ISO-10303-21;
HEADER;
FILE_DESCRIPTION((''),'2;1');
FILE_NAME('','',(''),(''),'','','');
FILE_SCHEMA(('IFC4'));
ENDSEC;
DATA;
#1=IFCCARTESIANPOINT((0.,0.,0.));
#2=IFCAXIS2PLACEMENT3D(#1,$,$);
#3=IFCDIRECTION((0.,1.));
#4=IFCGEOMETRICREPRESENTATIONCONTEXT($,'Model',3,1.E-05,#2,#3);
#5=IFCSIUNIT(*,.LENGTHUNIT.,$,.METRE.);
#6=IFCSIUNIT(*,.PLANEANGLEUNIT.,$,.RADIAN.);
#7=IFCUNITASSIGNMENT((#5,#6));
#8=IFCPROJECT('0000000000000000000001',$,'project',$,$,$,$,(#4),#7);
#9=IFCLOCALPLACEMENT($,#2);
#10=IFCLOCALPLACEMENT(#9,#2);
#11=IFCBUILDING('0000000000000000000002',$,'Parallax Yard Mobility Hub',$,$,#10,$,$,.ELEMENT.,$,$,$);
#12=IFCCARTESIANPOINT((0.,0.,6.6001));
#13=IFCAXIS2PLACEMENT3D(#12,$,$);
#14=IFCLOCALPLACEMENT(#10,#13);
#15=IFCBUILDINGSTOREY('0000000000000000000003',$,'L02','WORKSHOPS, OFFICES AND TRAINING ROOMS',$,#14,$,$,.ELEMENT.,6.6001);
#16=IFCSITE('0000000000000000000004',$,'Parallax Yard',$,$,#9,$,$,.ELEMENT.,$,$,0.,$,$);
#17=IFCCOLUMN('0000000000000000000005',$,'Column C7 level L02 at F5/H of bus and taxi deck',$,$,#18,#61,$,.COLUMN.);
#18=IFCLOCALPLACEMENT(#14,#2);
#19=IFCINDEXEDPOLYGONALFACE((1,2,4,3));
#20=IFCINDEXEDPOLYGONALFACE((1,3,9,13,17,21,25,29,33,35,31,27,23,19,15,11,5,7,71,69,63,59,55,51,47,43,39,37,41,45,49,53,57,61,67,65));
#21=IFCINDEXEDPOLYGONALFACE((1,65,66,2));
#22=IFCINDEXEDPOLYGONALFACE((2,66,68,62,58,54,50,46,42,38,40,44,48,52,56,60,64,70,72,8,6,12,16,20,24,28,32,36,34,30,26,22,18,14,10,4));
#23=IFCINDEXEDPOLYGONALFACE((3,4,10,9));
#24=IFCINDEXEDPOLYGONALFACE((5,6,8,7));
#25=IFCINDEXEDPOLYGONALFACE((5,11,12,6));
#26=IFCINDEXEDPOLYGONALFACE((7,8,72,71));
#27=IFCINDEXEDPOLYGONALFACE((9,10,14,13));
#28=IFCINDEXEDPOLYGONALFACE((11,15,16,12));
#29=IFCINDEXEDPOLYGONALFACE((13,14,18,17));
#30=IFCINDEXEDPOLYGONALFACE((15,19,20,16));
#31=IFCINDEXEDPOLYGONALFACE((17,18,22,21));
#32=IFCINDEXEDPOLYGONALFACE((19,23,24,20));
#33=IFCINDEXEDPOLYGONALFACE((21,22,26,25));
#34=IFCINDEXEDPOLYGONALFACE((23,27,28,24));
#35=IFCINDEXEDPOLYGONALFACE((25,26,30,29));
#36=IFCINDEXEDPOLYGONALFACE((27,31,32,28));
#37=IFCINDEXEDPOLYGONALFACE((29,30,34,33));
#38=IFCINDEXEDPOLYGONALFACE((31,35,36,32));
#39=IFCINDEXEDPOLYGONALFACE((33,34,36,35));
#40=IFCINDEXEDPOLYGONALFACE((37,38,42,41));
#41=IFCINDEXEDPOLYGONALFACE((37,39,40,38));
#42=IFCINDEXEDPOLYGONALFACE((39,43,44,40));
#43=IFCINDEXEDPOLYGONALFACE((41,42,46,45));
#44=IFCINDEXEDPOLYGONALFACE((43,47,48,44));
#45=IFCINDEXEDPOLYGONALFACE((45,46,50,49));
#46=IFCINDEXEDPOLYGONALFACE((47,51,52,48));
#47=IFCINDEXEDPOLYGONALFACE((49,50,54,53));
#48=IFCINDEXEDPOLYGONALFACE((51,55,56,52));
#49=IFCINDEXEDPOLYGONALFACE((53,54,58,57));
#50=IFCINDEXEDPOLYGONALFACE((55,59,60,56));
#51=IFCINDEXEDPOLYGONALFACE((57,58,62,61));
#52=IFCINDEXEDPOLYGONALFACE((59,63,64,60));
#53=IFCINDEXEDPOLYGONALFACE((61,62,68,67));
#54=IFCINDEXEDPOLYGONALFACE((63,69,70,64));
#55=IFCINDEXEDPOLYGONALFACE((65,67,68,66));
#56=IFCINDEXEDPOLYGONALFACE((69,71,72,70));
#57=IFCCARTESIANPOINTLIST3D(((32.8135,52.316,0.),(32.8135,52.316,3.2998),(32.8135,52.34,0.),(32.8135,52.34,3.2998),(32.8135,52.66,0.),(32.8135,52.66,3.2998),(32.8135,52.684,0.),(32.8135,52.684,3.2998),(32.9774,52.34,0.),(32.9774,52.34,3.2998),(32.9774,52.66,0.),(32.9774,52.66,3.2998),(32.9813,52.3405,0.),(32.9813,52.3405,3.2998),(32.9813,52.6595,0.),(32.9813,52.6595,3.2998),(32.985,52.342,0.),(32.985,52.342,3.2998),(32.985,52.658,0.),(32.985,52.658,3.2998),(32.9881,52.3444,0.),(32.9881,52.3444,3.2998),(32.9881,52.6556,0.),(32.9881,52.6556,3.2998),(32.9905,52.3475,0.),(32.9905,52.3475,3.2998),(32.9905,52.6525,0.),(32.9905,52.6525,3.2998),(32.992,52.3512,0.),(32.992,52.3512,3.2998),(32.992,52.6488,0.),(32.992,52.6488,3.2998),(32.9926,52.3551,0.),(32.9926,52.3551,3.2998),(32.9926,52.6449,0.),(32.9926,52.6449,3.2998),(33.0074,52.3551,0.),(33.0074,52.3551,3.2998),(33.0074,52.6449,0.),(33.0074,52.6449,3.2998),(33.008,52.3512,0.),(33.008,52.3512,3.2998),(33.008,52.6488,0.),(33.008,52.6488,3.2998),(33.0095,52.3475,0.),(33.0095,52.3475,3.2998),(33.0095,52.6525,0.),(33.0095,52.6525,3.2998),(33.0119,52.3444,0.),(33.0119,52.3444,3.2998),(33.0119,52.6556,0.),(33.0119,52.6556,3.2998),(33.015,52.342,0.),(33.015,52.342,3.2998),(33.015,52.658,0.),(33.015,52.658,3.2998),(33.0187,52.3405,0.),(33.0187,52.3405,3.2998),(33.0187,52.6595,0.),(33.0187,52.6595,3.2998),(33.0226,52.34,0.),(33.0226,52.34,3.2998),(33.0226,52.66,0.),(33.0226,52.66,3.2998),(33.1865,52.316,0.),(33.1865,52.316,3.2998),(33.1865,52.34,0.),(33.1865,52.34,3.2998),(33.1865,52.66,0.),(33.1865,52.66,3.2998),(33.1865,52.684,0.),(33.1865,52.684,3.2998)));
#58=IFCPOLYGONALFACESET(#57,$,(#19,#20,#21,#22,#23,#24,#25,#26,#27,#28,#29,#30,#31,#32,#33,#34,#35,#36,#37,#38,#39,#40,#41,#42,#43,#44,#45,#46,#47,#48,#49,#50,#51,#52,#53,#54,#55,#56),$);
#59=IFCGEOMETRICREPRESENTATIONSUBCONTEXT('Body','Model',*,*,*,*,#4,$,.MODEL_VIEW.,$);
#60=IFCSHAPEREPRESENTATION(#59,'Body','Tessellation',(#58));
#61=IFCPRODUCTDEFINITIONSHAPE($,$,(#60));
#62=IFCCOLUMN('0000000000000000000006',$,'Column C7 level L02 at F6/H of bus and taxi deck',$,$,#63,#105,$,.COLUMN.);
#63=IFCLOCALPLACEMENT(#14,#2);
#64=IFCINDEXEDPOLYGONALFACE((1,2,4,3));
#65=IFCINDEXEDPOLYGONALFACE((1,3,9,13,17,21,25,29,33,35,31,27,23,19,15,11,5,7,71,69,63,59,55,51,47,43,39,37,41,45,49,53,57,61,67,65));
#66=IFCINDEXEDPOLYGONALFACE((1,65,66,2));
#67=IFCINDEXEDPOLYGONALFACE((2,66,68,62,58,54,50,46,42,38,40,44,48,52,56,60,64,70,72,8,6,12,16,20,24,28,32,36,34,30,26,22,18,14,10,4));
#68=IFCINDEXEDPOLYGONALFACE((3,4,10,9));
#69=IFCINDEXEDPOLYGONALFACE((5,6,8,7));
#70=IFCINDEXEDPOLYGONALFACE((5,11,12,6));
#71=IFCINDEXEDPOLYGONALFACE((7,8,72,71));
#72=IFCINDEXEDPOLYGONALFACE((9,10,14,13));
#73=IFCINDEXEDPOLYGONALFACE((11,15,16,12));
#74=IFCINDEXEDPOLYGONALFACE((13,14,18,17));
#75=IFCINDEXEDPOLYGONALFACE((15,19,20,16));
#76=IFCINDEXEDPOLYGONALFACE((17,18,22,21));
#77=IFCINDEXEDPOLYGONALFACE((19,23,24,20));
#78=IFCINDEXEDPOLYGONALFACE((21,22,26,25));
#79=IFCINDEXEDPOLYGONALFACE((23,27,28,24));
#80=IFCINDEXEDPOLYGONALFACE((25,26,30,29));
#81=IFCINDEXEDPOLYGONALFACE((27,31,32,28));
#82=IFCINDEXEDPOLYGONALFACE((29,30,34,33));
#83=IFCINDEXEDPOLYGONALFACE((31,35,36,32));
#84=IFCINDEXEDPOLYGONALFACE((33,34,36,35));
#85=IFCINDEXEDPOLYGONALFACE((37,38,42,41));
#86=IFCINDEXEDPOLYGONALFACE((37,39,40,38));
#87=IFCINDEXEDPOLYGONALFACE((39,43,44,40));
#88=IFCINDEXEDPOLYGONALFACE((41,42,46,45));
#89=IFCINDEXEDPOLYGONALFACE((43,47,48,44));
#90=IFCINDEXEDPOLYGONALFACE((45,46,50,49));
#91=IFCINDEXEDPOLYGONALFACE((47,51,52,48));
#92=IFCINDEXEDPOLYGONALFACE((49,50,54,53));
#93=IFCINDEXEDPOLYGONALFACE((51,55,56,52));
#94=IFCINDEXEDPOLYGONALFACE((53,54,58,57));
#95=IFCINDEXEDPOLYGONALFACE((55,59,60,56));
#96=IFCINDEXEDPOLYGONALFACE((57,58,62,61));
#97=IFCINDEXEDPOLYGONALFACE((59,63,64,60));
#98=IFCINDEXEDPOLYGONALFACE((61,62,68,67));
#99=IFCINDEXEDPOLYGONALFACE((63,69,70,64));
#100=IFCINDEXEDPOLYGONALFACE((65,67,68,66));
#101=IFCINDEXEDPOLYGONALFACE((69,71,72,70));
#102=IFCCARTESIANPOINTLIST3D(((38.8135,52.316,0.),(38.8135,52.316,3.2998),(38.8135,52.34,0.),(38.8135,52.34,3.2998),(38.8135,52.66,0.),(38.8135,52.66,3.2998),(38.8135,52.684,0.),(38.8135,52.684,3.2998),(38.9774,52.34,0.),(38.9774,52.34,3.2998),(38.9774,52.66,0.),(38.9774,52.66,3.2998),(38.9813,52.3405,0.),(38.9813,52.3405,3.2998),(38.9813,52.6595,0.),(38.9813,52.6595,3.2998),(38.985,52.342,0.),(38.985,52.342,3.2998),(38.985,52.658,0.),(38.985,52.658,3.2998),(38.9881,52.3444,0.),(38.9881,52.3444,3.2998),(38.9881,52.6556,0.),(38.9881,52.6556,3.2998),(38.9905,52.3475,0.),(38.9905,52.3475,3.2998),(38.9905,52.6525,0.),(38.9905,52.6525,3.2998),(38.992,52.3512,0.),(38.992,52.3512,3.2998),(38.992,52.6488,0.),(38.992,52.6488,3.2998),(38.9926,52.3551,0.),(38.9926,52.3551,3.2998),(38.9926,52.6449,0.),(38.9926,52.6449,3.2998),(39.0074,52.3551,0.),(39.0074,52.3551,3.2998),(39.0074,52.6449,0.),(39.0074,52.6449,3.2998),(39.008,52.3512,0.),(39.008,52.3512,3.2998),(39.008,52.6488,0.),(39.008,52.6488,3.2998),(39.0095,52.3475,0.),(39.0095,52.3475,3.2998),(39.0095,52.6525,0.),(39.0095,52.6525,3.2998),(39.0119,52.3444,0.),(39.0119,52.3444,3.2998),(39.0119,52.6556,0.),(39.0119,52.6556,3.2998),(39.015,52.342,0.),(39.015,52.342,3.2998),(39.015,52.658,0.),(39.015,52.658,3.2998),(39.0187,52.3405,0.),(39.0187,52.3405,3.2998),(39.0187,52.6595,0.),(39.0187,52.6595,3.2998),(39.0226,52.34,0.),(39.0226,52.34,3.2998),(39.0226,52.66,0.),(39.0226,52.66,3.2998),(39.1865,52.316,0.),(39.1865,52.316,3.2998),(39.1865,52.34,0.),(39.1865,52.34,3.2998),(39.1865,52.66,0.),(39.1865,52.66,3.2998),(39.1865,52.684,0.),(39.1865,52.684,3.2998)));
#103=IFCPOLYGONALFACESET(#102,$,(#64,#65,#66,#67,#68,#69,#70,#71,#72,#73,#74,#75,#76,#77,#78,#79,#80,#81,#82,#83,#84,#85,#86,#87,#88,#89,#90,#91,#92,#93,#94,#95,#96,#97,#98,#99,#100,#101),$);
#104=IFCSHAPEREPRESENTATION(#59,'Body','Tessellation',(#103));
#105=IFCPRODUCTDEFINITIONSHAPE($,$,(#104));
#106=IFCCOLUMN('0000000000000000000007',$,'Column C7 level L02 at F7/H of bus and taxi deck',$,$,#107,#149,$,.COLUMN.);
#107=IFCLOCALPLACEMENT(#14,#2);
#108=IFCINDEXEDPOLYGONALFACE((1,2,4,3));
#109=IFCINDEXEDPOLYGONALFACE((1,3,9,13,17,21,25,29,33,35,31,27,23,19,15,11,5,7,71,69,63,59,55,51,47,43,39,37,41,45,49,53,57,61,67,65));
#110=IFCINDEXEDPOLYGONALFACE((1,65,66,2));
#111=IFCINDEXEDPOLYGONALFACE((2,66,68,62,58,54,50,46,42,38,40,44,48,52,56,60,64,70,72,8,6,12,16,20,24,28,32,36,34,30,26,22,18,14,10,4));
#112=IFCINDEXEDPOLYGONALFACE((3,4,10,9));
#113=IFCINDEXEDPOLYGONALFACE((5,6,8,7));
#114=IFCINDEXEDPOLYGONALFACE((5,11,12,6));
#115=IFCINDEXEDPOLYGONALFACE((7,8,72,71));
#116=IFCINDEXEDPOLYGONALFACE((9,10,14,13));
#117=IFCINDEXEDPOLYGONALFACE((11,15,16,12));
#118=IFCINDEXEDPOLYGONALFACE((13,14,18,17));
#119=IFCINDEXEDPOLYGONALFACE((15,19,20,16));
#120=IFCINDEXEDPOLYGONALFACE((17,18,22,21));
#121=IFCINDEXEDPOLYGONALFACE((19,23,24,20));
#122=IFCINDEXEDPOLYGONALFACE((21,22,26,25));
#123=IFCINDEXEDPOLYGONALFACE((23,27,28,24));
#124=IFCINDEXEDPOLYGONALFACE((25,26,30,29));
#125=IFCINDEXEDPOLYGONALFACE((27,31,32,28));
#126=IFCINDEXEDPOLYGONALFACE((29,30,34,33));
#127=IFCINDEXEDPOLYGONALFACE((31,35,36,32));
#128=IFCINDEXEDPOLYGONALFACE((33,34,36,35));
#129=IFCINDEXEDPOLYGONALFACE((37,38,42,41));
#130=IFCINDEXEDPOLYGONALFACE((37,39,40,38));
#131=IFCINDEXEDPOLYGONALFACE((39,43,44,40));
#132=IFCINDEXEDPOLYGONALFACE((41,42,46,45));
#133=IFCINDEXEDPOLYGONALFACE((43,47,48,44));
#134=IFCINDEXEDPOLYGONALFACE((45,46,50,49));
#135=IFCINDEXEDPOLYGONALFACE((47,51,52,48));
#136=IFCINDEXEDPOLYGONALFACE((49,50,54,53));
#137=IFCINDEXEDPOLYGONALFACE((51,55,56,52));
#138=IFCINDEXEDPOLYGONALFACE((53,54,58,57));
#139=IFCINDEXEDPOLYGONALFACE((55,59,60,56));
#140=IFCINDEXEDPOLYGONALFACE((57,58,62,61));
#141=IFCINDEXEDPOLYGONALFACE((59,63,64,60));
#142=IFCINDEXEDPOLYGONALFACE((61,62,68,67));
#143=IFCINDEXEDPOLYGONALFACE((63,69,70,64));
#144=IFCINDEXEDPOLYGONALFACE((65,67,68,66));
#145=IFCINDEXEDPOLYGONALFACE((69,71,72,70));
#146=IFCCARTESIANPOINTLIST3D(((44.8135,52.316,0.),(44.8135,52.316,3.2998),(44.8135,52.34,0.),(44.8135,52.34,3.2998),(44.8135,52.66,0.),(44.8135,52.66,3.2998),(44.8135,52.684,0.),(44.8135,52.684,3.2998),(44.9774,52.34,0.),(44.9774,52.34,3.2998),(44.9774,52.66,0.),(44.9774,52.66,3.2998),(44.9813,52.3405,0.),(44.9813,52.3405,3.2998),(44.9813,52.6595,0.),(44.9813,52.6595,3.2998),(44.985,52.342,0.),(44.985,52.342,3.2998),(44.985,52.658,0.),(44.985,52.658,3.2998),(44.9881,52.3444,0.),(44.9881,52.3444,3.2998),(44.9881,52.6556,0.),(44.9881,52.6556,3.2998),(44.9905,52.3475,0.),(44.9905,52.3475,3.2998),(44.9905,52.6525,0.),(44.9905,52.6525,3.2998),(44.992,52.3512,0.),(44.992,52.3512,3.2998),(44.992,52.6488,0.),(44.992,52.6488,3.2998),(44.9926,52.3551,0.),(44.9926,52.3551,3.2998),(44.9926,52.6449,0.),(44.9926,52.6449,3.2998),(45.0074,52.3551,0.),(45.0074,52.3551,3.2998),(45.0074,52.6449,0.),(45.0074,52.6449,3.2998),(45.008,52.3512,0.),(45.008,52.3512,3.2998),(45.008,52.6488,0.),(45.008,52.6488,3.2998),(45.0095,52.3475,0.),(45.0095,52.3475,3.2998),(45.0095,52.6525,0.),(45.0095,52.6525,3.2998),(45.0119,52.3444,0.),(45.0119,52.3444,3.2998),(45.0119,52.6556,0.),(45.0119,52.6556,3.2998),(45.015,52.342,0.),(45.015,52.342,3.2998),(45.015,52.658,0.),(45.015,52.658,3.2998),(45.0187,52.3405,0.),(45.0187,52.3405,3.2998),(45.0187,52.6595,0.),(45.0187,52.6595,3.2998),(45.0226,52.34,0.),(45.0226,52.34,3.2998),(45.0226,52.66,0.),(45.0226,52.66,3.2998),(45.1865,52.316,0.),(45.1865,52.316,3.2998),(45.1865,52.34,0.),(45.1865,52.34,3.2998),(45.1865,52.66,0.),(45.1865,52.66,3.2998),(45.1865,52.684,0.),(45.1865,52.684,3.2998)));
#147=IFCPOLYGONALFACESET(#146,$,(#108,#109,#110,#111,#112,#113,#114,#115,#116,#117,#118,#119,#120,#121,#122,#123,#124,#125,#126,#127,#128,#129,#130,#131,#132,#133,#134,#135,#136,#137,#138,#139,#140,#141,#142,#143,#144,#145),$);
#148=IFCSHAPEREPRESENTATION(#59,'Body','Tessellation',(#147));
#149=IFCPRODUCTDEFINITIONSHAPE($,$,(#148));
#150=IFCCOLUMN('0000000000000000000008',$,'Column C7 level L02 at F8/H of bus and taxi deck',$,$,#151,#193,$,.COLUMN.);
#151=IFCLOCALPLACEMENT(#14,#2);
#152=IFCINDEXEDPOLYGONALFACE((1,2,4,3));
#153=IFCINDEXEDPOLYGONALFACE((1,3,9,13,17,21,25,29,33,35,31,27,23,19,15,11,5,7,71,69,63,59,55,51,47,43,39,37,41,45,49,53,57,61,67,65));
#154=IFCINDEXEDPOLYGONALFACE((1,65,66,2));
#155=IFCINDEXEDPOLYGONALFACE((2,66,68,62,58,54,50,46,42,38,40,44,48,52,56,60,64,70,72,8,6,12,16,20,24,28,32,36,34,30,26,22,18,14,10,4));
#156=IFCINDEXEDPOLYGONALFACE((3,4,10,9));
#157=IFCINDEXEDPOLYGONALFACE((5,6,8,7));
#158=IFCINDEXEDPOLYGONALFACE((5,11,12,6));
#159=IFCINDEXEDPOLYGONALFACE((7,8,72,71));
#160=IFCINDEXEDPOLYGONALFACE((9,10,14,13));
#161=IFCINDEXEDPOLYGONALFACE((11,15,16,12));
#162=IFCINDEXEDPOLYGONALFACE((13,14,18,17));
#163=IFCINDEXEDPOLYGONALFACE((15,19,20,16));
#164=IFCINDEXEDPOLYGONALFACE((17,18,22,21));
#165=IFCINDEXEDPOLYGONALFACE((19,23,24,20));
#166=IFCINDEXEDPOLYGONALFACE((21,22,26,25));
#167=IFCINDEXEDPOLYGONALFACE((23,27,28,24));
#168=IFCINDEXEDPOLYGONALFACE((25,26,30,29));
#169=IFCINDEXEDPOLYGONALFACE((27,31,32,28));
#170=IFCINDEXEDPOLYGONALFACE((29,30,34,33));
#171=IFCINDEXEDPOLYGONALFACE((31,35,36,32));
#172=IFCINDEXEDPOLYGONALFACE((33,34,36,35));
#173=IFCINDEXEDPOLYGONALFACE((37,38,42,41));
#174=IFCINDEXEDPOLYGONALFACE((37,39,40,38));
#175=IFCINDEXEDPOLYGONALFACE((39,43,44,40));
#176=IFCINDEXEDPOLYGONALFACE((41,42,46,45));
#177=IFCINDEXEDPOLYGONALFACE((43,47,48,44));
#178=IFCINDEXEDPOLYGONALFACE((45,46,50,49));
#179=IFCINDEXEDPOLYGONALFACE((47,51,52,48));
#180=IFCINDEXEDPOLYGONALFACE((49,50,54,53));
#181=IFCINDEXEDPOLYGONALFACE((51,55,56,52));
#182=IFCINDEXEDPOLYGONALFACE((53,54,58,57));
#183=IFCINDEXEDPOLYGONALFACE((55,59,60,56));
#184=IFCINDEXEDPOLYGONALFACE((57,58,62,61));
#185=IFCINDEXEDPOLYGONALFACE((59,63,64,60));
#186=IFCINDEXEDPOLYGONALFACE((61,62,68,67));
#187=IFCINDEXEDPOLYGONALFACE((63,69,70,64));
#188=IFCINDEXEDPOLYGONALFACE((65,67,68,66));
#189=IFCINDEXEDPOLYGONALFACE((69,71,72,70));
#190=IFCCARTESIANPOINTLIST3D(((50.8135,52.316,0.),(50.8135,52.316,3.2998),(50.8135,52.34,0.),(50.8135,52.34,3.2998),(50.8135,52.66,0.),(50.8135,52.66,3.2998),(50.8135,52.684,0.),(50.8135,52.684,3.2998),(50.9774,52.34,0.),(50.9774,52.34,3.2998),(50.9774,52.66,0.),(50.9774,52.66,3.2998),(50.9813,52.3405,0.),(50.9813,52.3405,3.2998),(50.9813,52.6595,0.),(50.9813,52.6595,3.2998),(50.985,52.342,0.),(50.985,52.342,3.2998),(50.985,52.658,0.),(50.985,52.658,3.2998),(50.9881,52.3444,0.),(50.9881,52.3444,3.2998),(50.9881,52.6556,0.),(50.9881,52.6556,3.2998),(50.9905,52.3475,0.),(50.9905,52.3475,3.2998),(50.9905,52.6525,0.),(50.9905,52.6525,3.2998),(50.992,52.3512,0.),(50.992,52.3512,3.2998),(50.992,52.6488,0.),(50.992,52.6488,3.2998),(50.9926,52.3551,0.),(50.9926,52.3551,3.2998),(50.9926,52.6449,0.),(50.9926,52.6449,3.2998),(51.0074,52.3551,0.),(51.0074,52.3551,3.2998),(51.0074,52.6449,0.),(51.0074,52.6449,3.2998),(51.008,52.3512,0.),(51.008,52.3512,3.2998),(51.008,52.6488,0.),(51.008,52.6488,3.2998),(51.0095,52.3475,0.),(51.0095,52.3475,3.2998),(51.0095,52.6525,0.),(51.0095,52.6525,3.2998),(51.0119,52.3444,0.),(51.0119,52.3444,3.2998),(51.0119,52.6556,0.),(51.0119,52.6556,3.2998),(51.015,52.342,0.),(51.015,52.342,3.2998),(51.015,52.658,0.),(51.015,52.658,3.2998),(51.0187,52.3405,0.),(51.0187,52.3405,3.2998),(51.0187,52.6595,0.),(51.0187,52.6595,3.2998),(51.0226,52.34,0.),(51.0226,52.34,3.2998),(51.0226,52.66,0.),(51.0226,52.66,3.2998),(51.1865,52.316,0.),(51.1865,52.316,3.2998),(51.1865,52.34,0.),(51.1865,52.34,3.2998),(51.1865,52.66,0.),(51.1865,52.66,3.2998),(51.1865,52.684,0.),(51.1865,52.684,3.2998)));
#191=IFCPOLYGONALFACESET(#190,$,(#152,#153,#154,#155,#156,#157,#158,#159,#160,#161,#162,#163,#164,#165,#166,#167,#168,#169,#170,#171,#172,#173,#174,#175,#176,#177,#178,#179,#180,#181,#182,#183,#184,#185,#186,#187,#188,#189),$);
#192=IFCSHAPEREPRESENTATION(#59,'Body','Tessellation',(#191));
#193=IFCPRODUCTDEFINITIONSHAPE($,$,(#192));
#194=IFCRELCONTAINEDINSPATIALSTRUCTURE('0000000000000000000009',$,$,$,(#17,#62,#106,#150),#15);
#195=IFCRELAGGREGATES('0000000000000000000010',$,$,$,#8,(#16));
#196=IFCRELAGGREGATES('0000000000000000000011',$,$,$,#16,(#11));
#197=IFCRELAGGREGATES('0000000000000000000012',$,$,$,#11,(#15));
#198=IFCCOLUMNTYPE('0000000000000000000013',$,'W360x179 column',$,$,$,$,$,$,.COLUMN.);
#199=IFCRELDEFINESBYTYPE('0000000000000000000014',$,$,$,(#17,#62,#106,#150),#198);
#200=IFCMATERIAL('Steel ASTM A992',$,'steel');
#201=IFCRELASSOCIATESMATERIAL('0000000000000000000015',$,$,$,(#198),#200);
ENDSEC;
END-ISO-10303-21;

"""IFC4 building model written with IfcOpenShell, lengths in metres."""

from ifc_helpers import new_model, si_unit, direction, frame, origin, origin_2d, place, context, subcontext, project, spatial, i_section, extrude, material, material_profile, profile_set, type_object, element, save


model = new_model("IFC4")

# Units and contexts
model_context = context("Model", 3, precision=1e-05, world=origin(), true_north=direction((0.0, 1.0)))
body_context = subcontext(model_context, "Body", "Model", "MODEL_VIEW")
ifc_project = project(units=[si_unit("LENGTHUNIT", "METRE"), si_unit("PLANEANGLEUNIT", "RADIAN")], contexts=[model_context])

# Site, building, storey
site_placement = place(None, origin())
site = spatial("IfcSite", under=ifc_project, at=site_placement, Name="Parallax Yard", CompositionType="ELEMENT", RefElevation=0.0)
building_placement = place(site_placement, origin())
building = spatial("IfcBuilding", under=site, at=building_placement, Name="Parallax Yard Mobility Hub", CompositionType="ELEMENT")
storey_placement = place(building_placement, frame((0.0, 0.0, 6.6001)))
storey = spatial("IfcBuildingStorey", under=building, at=storey_placement, Name="L02", Description="WORKSHOPS, OFFICES AND TRAINING ROOMS", CompositionType="ELEMENT", Elevation=6.6001)

# Columns
ifc_material_1 = material(Name="Steel ASTM A992", Category="steel")
ifc_material_profile_1 = material_profile(ifc_material_1, i_section(OverallWidth=0.373, OverallDepth=0.3679, WebThickness=0.0149, FlangeThickness=0.0239, FilletRadius=0.0151, at=origin_2d()), Name="W360x179")
ifc_profile_set_1 = profile_set([ifc_material_profile_1], Name="Steel ASTM A992")
column_type = type_object("IfcColumnType", Name="W360x179 column", PredefinedType="COLUMN", material=ifc_profile_set_1)
for number, where, z_axis, x_axis, name in (
    (1, (33.0, 52.5, 0.0), (0.0, 0.0, 1.0), (1.0, 0.0, 0.0), "Column C7 level L02 at F5/H of bus and taxi deck"),
    (2, (39.0, 52.5, 0.0), (0.0, 0.0, 1.0), (1.0, 0.0, 0.0), "Column C7 level L02 at F6/H of bus and taxi deck"),
    (3, (45.0, 52.5, 0.0), (0.0, 0.0, 1.0), (1.0, 0.0, 0.0), "Column C7 level L02 at F7/H of bus and taxi deck"),
    (4, (51.0, 52.5, 0.0), (0.0, 0.0, 1.0), (1.0, 0.0, 0.0), "Column C7 level L02 at F8/H of bus and taxi deck"),
):
    element("IfcColumn", number, at=place(storey_placement, frame(where, z_axis=z_axis, x_axis=x_axis)), inside=storey, type_object=column_type, Name=name, PredefinedType="COLUMN", context=body_context, shape_type="SweptSolid", body=[
        extrude(i_section(OverallWidth=0.373, OverallDepth=0.3679, WebThickness=0.0149, FlangeThickness=0.0239, FilletRadius=0.0151, at=origin_2d()), origin(), (0.0, 0.0, 1.0), 3.2998),
    ])

save(model, "model.ifc")
